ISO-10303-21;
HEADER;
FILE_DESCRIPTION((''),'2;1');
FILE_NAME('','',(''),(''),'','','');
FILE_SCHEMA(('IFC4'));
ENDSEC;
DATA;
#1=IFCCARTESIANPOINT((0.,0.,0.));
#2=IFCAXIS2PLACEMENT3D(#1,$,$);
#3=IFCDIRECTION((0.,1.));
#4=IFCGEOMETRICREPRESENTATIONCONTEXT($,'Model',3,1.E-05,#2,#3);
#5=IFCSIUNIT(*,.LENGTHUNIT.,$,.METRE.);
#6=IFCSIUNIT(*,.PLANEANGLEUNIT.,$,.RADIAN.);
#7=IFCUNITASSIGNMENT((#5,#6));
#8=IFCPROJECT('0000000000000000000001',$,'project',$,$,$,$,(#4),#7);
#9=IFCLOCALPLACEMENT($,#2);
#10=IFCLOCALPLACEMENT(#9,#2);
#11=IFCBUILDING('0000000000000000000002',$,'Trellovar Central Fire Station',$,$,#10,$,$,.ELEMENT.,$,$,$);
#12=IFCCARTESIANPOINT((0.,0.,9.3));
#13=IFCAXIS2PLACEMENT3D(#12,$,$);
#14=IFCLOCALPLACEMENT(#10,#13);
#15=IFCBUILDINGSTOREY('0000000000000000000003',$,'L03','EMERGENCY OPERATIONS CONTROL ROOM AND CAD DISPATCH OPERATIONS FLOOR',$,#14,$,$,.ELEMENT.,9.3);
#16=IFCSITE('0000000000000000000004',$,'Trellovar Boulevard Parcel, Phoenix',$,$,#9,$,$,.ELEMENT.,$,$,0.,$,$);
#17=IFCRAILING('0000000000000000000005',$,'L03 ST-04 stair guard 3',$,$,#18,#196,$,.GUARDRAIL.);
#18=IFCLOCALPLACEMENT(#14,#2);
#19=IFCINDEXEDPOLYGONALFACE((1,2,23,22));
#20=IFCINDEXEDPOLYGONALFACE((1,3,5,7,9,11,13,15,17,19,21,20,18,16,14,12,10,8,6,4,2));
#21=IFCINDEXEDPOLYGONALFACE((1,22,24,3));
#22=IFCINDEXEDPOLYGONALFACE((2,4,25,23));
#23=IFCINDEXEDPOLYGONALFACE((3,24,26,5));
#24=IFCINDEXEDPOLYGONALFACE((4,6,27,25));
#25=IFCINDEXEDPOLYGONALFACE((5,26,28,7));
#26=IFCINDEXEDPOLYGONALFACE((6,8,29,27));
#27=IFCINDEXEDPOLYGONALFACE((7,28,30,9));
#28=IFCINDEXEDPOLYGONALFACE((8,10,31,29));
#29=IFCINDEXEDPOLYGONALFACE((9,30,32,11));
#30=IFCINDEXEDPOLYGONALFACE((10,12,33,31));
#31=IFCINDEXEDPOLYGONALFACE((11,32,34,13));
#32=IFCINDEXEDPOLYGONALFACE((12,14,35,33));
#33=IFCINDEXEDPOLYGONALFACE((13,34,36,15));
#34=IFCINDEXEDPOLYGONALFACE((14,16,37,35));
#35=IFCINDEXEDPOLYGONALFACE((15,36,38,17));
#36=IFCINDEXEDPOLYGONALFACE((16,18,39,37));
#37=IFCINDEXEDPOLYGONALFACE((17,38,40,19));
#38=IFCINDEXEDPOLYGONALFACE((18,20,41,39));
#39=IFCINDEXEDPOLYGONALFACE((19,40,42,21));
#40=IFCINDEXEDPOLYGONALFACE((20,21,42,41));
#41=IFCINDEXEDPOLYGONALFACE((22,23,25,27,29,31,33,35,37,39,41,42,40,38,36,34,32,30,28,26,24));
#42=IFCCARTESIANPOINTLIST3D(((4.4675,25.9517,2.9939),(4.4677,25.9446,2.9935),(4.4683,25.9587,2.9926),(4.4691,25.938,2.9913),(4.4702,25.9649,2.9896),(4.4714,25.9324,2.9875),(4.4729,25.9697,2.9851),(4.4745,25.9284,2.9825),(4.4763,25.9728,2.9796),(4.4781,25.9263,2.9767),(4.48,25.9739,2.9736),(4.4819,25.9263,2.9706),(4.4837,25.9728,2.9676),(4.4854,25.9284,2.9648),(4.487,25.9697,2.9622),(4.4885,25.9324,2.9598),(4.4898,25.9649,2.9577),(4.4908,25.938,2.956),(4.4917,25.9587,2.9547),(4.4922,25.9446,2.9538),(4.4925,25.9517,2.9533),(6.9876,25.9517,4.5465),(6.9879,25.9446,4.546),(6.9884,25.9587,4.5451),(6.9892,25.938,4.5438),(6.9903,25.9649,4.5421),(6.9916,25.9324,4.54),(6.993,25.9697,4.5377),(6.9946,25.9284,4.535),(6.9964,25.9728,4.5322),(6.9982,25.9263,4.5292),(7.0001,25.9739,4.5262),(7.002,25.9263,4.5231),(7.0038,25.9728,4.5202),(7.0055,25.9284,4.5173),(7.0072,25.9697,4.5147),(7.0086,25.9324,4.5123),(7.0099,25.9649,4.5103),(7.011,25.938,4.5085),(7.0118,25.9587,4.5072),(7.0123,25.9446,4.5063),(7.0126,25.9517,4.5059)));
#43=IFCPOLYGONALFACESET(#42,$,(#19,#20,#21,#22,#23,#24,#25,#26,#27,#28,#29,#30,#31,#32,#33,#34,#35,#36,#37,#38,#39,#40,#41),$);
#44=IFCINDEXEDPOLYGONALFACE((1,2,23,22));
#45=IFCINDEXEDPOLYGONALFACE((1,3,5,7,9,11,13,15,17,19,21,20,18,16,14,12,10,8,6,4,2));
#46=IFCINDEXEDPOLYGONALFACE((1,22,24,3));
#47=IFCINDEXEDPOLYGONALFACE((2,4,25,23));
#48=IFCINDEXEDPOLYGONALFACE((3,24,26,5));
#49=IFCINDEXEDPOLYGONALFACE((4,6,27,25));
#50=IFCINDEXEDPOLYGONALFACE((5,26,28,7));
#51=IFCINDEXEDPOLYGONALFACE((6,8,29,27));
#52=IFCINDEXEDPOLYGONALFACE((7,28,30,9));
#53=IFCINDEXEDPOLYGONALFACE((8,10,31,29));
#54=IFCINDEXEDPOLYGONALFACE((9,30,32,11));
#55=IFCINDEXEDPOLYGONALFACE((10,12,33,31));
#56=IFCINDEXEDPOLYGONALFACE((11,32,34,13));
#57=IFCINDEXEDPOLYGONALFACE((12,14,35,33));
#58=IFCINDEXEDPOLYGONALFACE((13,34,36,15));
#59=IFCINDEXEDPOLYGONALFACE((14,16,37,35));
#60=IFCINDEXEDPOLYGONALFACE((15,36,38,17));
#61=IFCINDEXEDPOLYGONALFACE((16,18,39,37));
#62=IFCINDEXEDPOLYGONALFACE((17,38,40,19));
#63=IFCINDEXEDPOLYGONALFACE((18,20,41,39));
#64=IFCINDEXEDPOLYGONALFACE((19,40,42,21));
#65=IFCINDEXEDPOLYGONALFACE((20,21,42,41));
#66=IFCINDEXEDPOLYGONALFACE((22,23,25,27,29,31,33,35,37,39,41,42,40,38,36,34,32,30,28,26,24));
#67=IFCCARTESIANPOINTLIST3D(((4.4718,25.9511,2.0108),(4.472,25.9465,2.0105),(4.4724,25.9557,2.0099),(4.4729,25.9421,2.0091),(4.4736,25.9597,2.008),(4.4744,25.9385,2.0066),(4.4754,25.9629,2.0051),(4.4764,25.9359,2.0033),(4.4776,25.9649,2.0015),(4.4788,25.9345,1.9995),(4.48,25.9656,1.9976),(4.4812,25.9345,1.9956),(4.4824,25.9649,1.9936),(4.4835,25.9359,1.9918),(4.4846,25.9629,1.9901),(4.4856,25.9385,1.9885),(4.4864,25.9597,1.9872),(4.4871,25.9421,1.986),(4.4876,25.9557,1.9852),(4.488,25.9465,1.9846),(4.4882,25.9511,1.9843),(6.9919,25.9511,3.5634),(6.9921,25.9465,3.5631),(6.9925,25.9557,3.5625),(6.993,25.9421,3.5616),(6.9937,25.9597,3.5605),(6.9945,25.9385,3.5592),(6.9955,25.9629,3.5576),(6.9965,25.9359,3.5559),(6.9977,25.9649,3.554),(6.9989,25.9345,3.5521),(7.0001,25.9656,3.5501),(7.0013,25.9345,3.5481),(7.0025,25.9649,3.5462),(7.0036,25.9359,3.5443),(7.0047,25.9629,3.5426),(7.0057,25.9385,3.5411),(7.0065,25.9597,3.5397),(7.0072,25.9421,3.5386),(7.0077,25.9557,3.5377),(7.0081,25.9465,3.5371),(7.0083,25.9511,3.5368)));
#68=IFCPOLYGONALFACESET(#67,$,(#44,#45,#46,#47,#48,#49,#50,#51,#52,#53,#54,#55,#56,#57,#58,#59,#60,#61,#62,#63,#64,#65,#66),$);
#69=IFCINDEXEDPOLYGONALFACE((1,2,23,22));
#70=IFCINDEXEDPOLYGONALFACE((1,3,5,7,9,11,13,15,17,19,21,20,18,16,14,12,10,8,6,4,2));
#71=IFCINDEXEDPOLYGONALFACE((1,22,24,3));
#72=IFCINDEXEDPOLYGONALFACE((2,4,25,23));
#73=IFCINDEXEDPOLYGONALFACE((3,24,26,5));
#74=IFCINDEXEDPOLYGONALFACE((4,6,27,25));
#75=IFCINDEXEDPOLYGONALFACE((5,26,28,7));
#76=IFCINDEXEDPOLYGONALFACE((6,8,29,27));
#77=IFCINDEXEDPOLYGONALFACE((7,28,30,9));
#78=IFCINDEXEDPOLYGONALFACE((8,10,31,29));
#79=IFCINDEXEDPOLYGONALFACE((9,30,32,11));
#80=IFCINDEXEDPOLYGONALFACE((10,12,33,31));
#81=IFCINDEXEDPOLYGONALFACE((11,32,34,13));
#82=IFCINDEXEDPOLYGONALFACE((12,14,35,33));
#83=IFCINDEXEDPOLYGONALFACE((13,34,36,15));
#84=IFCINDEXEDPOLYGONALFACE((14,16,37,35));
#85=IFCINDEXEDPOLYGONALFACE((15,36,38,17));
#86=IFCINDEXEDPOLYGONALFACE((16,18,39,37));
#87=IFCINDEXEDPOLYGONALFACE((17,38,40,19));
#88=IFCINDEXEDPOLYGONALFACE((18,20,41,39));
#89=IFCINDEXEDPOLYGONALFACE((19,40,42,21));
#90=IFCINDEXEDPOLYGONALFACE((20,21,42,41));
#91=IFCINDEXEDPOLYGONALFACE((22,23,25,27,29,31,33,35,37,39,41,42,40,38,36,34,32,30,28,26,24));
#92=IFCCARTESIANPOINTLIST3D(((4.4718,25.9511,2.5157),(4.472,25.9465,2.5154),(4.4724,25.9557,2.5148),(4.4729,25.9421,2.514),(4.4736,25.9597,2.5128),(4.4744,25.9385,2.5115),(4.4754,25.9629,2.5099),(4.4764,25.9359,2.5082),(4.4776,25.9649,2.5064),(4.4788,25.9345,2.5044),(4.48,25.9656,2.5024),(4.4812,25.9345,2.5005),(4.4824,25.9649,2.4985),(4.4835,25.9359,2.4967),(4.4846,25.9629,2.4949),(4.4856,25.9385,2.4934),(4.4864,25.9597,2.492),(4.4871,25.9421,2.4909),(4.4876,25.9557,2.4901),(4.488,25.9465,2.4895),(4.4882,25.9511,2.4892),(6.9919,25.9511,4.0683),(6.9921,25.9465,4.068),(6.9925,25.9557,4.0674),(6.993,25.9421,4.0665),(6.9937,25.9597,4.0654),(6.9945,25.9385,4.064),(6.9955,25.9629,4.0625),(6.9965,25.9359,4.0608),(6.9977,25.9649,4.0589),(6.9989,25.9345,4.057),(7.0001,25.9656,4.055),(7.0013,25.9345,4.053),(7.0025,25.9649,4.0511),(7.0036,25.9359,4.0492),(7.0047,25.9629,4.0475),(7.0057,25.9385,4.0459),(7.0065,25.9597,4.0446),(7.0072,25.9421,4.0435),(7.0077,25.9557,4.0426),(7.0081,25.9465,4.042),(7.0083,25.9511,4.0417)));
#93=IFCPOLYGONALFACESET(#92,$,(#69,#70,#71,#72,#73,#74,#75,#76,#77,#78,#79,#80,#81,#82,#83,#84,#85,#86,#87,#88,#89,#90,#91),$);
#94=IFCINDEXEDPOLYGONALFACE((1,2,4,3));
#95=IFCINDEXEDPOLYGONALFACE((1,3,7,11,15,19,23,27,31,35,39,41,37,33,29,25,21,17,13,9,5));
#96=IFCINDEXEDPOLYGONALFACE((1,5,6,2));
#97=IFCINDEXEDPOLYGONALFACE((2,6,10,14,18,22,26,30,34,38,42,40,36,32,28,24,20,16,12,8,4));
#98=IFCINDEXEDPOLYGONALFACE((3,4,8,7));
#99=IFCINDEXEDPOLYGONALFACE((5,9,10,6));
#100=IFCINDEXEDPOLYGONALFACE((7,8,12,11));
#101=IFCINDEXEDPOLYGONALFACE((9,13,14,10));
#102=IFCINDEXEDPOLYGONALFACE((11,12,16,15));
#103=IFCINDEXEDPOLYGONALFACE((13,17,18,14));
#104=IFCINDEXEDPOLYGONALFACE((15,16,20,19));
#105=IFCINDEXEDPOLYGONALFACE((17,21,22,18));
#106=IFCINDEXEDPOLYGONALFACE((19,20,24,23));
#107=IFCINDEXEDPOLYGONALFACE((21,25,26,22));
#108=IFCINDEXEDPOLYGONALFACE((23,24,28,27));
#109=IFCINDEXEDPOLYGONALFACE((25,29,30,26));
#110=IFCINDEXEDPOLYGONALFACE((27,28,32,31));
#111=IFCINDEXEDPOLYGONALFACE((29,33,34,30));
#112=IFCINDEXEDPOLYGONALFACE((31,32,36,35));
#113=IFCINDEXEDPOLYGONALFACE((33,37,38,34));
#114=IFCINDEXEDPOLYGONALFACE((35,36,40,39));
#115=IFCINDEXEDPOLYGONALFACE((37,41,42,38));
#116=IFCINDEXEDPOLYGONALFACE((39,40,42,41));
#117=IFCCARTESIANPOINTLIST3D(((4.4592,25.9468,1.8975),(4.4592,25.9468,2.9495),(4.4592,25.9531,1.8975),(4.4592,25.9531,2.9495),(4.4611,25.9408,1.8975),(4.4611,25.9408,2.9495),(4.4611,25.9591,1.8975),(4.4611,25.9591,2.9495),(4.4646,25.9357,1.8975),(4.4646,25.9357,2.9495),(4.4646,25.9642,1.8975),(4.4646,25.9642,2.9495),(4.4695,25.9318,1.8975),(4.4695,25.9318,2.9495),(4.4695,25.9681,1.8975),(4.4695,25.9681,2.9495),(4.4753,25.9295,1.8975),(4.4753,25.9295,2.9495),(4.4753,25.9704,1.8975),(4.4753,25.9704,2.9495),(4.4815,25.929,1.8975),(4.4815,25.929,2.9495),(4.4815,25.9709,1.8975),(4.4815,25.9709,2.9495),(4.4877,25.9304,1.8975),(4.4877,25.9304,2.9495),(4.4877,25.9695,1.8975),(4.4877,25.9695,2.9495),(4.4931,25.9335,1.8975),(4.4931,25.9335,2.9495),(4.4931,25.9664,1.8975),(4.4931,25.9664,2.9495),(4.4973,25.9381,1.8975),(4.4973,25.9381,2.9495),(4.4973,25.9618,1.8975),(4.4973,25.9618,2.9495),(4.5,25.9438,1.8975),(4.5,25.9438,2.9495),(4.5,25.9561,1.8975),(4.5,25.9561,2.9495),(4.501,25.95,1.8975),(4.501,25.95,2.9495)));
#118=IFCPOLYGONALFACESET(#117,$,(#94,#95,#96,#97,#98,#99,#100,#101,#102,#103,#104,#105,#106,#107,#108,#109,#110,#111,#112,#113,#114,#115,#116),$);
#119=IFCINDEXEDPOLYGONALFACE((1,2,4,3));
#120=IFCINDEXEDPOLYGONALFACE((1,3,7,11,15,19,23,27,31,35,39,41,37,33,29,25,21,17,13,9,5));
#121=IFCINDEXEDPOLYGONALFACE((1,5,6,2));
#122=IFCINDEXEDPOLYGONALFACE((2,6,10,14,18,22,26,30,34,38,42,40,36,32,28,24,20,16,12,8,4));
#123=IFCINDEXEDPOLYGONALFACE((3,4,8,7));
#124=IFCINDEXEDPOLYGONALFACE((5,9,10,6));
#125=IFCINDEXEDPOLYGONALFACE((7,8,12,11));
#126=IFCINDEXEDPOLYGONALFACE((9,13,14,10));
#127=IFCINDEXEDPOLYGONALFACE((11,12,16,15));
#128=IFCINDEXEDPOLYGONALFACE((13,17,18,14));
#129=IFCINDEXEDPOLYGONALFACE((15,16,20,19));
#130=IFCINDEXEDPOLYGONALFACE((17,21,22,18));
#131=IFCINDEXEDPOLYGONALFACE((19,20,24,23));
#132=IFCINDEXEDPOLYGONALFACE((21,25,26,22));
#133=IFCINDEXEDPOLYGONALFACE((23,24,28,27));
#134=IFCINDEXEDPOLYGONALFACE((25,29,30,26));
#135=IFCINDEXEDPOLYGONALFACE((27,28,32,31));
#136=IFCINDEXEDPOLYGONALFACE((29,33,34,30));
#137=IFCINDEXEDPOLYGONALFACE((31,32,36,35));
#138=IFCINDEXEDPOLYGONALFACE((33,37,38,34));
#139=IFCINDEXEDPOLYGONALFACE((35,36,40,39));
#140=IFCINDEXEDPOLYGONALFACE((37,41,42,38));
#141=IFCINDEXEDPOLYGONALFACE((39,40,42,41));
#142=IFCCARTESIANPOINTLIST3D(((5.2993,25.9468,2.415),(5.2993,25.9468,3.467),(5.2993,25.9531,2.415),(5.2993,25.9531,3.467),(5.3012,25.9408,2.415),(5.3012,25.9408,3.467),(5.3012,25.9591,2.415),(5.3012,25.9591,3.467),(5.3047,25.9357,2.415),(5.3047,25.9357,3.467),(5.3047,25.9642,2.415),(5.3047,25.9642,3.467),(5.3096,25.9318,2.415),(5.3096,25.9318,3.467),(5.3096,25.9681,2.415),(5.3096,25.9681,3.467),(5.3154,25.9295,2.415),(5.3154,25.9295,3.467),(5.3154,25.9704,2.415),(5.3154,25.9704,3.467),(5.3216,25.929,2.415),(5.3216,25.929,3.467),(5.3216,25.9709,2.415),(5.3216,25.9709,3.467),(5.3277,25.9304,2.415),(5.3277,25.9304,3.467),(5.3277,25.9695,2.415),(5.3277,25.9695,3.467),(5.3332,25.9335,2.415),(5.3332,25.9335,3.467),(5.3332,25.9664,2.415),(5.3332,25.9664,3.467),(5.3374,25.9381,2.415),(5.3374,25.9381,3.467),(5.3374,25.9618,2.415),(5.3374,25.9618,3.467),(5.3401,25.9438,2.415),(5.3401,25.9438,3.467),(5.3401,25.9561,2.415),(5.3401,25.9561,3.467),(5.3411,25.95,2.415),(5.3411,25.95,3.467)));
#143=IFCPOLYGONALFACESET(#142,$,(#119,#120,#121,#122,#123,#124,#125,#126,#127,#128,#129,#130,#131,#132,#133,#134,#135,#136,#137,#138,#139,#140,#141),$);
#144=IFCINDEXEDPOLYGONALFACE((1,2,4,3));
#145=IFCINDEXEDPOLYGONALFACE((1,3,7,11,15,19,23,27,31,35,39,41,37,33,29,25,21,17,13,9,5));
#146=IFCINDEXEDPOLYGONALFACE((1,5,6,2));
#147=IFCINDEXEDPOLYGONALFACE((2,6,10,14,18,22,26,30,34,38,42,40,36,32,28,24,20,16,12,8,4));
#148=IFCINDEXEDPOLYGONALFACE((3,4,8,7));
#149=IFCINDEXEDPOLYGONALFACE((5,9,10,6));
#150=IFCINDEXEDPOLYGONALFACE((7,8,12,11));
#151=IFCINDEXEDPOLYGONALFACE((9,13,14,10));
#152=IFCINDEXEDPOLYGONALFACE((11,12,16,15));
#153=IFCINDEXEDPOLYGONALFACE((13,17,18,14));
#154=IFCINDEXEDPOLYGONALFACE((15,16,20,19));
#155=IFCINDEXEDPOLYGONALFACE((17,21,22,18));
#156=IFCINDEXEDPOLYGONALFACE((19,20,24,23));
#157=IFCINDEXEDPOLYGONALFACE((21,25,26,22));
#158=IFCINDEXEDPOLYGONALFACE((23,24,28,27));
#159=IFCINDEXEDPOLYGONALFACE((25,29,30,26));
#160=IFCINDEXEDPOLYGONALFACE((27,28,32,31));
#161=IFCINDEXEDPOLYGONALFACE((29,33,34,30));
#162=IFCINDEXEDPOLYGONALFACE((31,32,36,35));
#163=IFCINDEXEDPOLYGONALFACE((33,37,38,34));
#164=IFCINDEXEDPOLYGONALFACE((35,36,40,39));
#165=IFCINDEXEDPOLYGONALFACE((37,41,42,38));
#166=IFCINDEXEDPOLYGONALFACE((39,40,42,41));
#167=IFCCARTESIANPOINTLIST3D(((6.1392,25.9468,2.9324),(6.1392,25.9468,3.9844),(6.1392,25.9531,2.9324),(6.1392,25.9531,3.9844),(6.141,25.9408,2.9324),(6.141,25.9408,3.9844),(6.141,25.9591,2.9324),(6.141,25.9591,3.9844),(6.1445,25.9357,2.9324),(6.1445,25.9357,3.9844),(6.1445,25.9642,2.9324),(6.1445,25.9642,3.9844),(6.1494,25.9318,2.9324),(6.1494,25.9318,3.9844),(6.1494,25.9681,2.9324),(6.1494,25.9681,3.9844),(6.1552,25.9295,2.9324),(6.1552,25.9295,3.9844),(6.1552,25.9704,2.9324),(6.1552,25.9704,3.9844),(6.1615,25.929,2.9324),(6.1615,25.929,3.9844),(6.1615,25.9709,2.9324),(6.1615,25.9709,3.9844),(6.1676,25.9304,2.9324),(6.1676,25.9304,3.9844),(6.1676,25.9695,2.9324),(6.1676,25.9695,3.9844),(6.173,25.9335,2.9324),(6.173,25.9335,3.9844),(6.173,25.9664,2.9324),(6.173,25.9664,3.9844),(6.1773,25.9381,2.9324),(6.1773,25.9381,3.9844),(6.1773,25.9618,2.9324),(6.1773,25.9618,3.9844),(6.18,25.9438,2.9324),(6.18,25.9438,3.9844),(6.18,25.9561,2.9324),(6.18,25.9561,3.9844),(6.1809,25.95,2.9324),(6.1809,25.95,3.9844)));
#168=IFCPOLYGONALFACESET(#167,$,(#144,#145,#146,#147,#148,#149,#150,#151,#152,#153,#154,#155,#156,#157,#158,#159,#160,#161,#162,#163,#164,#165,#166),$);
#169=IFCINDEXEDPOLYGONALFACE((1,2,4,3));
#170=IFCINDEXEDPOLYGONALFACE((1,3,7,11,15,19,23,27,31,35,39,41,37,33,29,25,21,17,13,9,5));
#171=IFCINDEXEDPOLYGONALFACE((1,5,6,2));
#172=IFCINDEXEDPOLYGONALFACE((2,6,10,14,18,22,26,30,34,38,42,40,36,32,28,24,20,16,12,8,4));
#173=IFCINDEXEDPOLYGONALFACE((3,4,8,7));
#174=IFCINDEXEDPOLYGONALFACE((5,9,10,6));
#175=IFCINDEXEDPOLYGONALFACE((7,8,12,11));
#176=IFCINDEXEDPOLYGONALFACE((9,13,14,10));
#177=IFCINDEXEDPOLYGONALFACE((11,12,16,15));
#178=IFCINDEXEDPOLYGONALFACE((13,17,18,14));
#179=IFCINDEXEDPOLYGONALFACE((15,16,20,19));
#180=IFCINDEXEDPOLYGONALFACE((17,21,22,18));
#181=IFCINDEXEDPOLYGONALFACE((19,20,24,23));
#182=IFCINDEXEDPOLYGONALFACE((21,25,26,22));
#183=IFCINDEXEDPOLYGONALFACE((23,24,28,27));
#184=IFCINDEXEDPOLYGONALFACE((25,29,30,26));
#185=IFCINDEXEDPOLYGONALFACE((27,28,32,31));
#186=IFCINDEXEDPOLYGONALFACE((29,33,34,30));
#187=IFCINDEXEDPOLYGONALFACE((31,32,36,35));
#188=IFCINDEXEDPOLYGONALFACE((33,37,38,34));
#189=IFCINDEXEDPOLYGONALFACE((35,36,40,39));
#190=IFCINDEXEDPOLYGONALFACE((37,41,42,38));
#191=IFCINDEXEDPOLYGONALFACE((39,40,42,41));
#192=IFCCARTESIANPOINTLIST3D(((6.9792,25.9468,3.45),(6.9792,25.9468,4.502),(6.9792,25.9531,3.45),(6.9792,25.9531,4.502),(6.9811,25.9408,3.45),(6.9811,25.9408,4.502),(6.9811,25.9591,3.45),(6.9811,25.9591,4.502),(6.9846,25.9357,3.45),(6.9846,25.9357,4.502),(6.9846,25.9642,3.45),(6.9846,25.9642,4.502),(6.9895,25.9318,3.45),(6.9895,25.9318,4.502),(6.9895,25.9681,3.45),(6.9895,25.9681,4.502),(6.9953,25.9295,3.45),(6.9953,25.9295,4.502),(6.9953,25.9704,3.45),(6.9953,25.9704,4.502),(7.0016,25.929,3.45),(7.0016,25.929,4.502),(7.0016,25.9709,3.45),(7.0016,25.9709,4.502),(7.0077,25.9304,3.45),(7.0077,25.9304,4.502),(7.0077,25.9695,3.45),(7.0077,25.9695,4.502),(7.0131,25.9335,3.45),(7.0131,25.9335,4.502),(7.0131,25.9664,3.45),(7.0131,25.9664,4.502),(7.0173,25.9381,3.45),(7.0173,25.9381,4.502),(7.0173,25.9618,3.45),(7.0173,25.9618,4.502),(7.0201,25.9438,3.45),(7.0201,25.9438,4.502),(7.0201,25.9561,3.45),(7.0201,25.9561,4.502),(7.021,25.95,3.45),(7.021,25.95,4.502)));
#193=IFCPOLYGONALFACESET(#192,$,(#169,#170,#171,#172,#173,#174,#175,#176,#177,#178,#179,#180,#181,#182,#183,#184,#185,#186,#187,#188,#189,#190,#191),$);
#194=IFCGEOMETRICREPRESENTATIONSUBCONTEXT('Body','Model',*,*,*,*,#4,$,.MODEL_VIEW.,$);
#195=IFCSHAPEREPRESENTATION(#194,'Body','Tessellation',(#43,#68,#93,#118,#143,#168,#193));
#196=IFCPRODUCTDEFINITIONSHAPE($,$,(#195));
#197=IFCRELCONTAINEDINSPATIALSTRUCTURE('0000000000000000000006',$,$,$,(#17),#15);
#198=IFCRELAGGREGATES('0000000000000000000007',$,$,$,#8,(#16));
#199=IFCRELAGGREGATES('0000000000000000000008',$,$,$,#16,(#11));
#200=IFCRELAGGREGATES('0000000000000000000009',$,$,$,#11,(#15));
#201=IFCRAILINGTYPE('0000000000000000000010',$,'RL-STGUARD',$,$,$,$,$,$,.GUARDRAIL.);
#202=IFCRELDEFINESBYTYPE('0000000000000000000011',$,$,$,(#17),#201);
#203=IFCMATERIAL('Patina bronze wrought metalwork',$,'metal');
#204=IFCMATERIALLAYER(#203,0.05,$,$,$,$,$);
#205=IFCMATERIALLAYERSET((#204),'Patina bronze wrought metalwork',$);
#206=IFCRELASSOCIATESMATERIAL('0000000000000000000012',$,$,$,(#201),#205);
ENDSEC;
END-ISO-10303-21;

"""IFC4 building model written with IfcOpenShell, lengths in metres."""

from ifc_helpers import new_model, si_unit, direction, frame, origin, origin_2d, place, context, subcontext, project, spatial, circle, extrude, material, layer, layer_set, type_object, element, save


model = new_model("IFC4")

# Units and contexts
model_context = context("Model", 3, precision=1e-05, world=origin(), true_north=direction((0.0, 1.0)))
body_context = subcontext(model_context, "Body", "Model", "MODEL_VIEW")
ifc_project = project(units=[si_unit("LENGTHUNIT", "METRE"), si_unit("PLANEANGLEUNIT", "RADIAN")], contexts=[model_context])

# Site, building, storey
site_placement = place(None, origin())
site = spatial("IfcSite", under=ifc_project, at=site_placement, Name="Trellovar Boulevard Parcel, Phoenix", CompositionType="ELEMENT", RefElevation=0.0)
building_placement = place(site_placement, origin())
building = spatial("IfcBuilding", under=site, at=building_placement, Name="Trellovar Central Fire Station", CompositionType="ELEMENT")
storey_placement = place(building_placement, frame((0.0, 0.0, 9.3)))
storey = spatial("IfcBuildingStorey", under=building, at=storey_placement, Name="L03", Description="EMERGENCY OPERATIONS CONTROL ROOM AND CAD DISPATCH OPERATIONS FLOOR", CompositionType="ELEMENT", Elevation=9.3)

# Railing
ifc_material_1 = material(Name="Patina bronze wrought metalwork", Category="metal")
ifc_layer_1 = layer(ifc_material_1, 0.05)
ifc_layer_set_1 = layer_set([ifc_layer_1], Name="Patina bronze wrought metalwork")
railing_type_1 = type_object("IfcRailingType", Name="RL-STGUARD", PredefinedType="GUARDRAIL", material=ifc_layer_set_1)
railing_1_placement = place(storey_placement, frame((4.48, 25.95, 1.8975)))
element("IfcRailing", 1, at=railing_1_placement, inside=storey, type_object=railing_type_1, Name="L03 ST-04 stair guard 3", PredefinedType="GUARDRAIL", context=body_context, shape_type="SweptSolid", body=[
    extrude(circle(Radius=0.0239, at=origin_2d()), frame((0.0, 0.0, 1.0762), z_axis=(0.8514, 0.0, 0.524516), x_axis=(0.0, 1.0, 0.0)), (0.0, 0.0, 1.0), 2.96),
    extrude(circle(Radius=0.0156, at=origin_2d()), frame((0.0, 0.0, 0.1001), z_axis=(0.8514, 0.0, 0.524516), x_axis=(0.0, 1.0, 0.0)), (0.0, 0.0, 1.0), 2.96),
    extrude(circle(Radius=0.0156, at=origin_2d()), frame((0.0, 0.0, 0.605), z_axis=(0.8514, 0.0, 0.524516), x_axis=(0.0, 1.0, 0.0)), (0.0, 0.0, 1.0), 2.96),
    extrude(circle(Radius=0.021, at=origin_2d()), origin(), (0.0, 0.0, 1.0), 1.052),
    extrude(circle(Radius=0.021, at=origin_2d()), frame((0.8401, 0.0, 0.5176)), (0.0, 0.0, 1.0), 1.052),
    extrude(circle(Radius=0.021, at=origin_2d()), frame((1.6799, 0.0, 1.0349)), (0.0, 0.0, 1.0), 1.052),
    extrude(circle(Radius=0.021, at=origin_2d()), frame((2.52, 0.0, 1.5525)), (0.0, 0.0, 1.0), 1.052),
])

save(model, "model.ifc")
